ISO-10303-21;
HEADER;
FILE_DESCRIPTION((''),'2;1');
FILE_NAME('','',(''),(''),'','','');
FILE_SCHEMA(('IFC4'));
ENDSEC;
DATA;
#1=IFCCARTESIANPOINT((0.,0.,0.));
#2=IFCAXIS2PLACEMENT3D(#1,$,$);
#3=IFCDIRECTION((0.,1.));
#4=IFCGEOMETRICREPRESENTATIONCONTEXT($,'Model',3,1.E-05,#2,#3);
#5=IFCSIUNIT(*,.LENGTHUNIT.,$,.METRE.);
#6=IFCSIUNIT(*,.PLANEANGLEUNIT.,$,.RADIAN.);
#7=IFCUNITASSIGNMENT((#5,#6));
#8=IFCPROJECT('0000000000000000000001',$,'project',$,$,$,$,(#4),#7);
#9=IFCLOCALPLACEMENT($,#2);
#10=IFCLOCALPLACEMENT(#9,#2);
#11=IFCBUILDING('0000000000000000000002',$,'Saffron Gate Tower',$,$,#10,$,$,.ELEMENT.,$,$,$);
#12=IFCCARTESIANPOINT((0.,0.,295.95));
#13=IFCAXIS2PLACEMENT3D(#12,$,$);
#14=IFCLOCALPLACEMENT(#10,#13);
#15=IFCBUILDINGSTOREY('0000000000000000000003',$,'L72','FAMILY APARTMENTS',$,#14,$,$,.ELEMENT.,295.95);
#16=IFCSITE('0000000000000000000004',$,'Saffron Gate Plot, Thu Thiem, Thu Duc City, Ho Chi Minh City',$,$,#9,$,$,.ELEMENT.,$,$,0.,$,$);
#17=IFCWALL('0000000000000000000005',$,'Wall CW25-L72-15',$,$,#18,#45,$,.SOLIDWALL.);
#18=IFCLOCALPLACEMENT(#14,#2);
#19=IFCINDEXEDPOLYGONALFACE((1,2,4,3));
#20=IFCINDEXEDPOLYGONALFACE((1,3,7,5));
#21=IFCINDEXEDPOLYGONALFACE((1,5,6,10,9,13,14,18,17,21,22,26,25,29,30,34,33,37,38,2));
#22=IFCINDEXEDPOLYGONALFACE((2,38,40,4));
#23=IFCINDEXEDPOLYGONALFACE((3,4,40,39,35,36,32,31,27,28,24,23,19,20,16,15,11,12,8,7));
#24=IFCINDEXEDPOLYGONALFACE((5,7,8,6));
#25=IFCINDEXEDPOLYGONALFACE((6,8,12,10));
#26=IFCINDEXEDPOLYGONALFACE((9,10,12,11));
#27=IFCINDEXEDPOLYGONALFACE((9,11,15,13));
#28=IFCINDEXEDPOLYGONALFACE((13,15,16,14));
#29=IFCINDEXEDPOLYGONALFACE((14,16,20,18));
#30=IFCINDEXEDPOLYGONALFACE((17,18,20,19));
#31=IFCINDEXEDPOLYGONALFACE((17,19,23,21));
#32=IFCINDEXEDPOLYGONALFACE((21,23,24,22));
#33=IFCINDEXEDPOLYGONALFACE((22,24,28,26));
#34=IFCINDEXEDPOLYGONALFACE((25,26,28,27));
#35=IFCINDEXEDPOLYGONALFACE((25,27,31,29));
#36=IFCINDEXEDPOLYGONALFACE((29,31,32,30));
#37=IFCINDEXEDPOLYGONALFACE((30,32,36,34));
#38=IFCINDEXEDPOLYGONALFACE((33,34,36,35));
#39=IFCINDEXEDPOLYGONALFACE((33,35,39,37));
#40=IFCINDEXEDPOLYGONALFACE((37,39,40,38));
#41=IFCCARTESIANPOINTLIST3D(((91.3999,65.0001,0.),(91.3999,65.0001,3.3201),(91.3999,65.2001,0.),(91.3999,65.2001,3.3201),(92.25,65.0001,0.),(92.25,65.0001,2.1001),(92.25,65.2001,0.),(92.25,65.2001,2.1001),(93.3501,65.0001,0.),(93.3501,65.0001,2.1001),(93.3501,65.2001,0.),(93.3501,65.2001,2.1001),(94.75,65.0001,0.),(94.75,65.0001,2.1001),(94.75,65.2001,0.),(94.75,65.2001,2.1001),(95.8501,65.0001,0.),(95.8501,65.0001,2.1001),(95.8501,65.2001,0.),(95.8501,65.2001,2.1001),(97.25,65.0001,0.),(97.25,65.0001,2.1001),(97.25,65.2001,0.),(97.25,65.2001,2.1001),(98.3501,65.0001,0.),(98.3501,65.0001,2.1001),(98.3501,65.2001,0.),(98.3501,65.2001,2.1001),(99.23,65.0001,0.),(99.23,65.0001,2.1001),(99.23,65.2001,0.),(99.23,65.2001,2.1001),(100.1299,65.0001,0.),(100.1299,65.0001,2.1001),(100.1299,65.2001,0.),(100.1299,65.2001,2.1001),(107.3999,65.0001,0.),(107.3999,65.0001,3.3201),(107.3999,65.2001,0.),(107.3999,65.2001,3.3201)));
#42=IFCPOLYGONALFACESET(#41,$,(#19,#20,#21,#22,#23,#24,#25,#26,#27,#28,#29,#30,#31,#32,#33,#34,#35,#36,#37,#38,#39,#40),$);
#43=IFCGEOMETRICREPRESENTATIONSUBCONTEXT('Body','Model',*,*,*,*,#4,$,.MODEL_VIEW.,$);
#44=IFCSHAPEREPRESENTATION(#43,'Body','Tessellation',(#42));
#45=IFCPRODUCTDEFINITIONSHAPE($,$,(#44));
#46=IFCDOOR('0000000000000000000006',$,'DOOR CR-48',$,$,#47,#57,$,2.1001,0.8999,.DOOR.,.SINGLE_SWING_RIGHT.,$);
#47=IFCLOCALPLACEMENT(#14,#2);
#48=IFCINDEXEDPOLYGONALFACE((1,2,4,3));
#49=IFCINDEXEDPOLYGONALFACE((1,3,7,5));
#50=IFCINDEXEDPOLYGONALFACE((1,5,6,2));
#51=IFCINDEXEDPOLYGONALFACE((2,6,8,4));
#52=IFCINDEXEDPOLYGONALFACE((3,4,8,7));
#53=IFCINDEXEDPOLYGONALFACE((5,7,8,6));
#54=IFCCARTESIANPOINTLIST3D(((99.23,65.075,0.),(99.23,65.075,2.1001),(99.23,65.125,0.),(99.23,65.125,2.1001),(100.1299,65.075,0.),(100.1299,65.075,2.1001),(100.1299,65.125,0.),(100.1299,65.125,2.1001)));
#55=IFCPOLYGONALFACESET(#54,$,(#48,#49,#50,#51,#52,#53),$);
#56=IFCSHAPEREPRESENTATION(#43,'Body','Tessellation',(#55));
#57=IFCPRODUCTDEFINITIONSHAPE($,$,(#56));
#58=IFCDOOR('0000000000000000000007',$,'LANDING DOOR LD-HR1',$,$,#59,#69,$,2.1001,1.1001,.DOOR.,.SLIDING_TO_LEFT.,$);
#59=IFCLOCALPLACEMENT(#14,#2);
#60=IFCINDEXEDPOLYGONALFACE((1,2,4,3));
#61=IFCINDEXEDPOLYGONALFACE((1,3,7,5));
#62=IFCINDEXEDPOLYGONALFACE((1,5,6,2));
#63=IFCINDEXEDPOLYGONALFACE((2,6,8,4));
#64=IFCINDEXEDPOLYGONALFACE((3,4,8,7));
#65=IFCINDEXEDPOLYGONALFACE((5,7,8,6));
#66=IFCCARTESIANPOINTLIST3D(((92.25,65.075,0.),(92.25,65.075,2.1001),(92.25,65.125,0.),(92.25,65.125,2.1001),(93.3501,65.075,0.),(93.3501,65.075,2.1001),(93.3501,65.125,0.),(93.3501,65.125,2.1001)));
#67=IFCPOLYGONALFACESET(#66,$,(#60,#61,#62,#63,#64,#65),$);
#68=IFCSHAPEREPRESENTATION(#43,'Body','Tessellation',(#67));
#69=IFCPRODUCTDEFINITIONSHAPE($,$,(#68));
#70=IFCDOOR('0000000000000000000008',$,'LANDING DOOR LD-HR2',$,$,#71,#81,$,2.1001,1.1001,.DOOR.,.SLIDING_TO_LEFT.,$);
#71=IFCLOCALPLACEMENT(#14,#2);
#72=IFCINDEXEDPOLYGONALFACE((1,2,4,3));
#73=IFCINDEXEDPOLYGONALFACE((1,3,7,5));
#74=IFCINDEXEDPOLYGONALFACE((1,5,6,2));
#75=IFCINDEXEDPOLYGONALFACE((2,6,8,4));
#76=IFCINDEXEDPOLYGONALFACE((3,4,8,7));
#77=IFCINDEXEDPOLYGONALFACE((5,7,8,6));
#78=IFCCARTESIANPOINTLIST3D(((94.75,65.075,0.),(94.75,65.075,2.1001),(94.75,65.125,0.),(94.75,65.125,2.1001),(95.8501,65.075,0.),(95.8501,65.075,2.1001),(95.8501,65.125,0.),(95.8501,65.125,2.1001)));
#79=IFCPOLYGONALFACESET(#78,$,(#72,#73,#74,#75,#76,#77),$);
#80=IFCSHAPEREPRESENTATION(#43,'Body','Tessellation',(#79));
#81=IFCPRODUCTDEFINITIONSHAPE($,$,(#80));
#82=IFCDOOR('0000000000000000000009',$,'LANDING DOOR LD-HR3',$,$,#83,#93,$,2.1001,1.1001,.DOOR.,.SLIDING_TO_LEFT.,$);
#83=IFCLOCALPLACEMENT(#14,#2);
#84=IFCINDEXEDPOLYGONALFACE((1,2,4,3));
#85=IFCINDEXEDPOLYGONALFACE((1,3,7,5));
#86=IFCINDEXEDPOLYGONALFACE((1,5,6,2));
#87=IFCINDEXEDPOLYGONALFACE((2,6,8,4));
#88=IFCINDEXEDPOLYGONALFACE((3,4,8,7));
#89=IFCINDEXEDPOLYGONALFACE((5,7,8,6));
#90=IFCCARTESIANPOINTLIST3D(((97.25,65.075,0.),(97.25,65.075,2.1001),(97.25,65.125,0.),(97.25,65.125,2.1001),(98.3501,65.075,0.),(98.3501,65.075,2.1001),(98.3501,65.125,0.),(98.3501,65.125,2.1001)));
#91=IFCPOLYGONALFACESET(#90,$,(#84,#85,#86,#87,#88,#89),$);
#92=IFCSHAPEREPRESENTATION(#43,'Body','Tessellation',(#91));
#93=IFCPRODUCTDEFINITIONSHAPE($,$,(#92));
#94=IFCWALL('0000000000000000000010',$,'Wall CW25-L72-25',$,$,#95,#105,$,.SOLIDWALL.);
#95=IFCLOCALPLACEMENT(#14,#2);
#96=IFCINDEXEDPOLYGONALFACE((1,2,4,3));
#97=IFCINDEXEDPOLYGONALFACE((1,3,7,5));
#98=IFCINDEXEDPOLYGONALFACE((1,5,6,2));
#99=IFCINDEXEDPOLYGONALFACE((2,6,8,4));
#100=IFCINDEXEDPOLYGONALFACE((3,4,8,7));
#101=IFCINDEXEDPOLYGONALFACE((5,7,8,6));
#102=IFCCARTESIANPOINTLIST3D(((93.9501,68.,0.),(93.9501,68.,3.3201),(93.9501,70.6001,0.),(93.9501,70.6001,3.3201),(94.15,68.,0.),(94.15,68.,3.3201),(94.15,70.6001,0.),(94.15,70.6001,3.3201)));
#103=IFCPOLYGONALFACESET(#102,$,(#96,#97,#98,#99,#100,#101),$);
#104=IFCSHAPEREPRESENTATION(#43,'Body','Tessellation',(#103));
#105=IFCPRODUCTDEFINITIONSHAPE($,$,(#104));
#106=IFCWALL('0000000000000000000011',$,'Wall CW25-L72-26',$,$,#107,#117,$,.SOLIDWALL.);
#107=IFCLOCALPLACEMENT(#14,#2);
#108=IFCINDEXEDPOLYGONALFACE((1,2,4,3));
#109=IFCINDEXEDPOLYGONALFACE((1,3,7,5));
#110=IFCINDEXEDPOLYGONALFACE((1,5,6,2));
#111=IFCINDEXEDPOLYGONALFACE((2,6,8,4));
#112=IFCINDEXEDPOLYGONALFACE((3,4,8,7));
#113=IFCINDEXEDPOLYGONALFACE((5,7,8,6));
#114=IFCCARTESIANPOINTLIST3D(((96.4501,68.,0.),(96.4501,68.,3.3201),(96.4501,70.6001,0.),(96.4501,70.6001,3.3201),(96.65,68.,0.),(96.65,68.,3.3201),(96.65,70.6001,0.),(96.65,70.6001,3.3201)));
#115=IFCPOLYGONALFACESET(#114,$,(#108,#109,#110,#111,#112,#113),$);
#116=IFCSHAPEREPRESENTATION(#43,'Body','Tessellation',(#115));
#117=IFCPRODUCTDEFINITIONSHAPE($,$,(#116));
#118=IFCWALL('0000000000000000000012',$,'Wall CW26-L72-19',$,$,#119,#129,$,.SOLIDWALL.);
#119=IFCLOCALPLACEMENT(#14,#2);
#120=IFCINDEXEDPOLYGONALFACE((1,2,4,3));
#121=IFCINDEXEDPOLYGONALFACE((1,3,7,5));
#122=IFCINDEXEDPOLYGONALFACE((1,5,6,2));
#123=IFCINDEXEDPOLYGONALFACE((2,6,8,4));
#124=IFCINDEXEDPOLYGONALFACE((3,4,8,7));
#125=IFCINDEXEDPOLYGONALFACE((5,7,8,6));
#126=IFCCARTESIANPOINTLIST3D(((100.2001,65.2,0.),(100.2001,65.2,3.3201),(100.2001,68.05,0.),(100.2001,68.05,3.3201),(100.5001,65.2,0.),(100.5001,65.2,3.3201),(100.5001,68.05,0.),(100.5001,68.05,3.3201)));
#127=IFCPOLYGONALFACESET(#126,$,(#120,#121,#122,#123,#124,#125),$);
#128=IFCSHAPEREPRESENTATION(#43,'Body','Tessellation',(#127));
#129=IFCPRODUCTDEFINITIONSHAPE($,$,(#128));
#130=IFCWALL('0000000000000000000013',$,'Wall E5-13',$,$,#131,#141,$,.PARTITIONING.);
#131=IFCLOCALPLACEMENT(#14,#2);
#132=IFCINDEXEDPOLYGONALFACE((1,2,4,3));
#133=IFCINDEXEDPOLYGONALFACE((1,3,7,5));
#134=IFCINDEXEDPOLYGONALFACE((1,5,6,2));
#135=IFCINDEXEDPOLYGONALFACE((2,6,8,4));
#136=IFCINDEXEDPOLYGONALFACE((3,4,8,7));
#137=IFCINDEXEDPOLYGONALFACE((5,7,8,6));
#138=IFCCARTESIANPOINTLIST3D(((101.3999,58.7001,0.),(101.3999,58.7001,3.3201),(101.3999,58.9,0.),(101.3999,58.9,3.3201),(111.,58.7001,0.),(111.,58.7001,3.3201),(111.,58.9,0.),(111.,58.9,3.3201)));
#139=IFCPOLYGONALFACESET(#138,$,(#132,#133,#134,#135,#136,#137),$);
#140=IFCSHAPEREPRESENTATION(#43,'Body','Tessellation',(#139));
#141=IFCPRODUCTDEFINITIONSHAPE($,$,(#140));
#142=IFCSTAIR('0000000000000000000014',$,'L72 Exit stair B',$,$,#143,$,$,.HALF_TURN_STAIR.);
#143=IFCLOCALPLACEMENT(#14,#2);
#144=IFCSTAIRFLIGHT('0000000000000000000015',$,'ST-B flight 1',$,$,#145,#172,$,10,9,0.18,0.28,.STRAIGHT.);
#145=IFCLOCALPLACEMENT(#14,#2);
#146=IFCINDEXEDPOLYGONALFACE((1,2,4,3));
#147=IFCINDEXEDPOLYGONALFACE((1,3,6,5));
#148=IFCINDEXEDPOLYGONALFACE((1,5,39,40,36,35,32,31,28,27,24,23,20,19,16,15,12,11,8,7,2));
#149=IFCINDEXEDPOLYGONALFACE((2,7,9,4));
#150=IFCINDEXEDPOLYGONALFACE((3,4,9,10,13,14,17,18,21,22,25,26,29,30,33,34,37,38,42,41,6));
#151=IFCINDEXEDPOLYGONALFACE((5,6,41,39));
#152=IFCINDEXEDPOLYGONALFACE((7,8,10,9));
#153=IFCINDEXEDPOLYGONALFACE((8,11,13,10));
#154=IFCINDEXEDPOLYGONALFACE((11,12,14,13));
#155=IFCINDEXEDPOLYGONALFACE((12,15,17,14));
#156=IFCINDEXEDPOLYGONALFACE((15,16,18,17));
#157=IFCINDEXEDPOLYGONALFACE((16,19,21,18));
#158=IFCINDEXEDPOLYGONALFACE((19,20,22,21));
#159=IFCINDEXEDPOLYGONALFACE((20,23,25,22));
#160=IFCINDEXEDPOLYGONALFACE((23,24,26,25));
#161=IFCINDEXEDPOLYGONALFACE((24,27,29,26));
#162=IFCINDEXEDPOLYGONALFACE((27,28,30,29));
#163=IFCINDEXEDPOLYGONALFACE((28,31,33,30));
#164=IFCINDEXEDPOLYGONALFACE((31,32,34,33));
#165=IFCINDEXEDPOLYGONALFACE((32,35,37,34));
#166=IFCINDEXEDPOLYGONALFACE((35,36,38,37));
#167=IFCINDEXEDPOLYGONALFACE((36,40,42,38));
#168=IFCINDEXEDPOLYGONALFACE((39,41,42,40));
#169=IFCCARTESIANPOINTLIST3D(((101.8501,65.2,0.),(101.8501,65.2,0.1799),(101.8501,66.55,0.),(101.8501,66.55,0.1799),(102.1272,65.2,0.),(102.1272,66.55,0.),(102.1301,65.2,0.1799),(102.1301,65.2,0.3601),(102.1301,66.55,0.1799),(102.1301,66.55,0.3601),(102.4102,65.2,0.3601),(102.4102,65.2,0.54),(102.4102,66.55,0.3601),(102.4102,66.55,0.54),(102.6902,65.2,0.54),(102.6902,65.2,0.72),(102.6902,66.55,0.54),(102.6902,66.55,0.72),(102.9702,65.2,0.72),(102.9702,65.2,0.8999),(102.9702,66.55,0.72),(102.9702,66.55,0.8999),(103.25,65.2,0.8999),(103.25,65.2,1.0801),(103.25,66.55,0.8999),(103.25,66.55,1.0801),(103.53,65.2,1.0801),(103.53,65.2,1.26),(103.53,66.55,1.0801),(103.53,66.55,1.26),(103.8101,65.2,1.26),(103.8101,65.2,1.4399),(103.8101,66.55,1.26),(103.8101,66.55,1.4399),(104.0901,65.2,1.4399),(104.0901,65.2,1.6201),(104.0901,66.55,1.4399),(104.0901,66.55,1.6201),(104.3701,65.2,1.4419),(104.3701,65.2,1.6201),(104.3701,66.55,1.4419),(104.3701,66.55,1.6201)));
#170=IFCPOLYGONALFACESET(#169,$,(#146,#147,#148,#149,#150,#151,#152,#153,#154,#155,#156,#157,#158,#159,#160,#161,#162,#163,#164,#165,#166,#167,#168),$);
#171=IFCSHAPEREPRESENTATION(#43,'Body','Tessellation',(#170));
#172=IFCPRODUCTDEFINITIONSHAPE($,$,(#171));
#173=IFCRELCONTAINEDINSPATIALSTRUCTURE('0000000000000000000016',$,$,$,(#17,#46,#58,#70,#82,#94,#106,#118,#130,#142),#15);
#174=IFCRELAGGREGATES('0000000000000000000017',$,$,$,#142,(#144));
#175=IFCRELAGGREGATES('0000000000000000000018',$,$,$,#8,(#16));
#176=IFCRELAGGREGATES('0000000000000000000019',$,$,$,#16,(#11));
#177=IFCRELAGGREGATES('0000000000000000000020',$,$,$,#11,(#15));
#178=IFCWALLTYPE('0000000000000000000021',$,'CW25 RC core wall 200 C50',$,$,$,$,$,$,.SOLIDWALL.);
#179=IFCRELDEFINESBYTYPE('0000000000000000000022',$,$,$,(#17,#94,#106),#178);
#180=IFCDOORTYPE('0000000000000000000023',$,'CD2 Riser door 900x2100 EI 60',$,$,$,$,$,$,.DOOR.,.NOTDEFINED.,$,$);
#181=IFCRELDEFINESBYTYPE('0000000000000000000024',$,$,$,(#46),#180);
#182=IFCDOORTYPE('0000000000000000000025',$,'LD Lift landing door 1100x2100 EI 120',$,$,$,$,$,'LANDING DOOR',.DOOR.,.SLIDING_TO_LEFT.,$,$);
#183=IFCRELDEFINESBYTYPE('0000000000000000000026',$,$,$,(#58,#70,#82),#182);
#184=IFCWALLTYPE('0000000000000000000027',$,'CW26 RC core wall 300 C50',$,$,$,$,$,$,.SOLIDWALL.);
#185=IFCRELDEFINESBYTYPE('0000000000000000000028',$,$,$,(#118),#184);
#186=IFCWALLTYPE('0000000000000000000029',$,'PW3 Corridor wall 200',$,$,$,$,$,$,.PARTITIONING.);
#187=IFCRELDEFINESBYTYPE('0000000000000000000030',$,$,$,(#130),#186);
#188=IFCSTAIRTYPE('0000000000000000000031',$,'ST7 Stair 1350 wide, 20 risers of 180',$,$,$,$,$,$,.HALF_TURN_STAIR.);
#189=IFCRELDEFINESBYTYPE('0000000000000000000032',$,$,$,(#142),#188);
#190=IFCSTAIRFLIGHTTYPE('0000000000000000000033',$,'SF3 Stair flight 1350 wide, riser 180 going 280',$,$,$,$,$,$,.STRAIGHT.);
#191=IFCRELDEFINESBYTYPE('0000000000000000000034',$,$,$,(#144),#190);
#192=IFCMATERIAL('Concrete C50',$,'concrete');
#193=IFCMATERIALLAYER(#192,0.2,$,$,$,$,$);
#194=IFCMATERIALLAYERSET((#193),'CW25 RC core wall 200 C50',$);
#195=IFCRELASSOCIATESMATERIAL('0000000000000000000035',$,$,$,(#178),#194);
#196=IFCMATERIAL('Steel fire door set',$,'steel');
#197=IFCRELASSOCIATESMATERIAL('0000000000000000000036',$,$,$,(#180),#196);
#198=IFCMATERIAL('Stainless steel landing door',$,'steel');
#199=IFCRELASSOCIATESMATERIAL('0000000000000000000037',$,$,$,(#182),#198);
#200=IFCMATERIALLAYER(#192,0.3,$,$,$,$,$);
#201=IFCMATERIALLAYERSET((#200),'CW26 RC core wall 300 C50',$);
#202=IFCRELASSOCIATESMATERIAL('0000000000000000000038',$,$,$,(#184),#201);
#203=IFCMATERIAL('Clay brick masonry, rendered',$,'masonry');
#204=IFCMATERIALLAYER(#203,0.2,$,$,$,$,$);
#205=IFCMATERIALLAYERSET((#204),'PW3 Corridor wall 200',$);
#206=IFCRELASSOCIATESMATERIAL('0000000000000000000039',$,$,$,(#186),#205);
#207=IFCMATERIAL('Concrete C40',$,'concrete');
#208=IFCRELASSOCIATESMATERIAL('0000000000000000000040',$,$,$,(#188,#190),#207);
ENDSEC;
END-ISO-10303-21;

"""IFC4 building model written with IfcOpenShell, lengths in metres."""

from ifc_helpers import new_model, si_unit, direction, frame, frame_2d, origin, place, context, subcontext, project, spatial, polyline, rectangle, outline, extrude, material, layer, layer_set, type_object, element, fill, aggregate, save


model = new_model("IFC4")

# Units and contexts
model_context = context("Model", 3, precision=1e-05, world=origin(), true_north=direction((0.0, 1.0)))
body_context = subcontext(model_context, "Body", "Model", "MODEL_VIEW")
ifc_project = project(units=[si_unit("LENGTHUNIT", "METRE"), si_unit("PLANEANGLEUNIT", "RADIAN")], contexts=[model_context])

# Site, building, storey
site_placement = place(None, origin())
site = spatial("IfcSite", under=ifc_project, at=site_placement, Name="Saffron Gate Plot, Thu Thiem, Thu Duc City, Ho Chi Minh City", CompositionType="ELEMENT", RefElevation=0.0)
building_placement = place(site_placement, origin())
building = spatial("IfcBuilding", under=site, at=building_placement, Name="Saffron Gate Tower", CompositionType="ELEMENT")
storey_placement = place(building_placement, frame((0.0, 0.0, 295.95)))
storey = spatial("IfcBuildingStorey", under=building, at=storey_placement, Name="L72", Description="FAMILY APARTMENTS", CompositionType="ELEMENT", Elevation=295.95)

# Shared definitions
ifc_material_1 = material(Name="Concrete C50", Category="concrete")

# Shared definitions
ifc_material_2 = material(Name="Steel fire door set", Category="steel")

# Shared definitions
ifc_layer_1 = layer(ifc_material_1, 0.2)
ifc_layer_set_1 = layer_set([ifc_layer_1], Name="CW25 RC core wall 200 C50")
wall_type_1 = type_object("IfcWallType", Name="CW25 RC core wall 200 C50", PredefinedType="SOLIDWALL", material=ifc_layer_set_1)

# Wall, openings, doors
wall_1_placement = place(storey_placement, frame((91.3999, 65.1001, 0.0), z_axis=(0.0, 0.0, 1.0), x_axis=(1.0, 0.0, 0.0)))
wall_1 = element("IfcWall", 1, at=wall_1_placement, inside=storey, type_object=wall_type_1, Name="Wall CW25-L72-15", PredefinedType="SOLIDWALL", context=body_context, shape_type="SweptSolid", body=[
    extrude(rectangle(XDim=16.0, YDim=0.2, at=frame_2d((8.0, 0.0))), origin(), (0.0, 0.0, 1.0), 3.3201),
])
opening_1_placement = place(wall_1_placement, frame((0.8501, 0.0, 0.0)))
opening_1 = element("IfcOpeningElement", 2, at=opening_1_placement, cuts=wall_1, PredefinedType="OPENING", context=body_context, shape_type="SweptSolid", body=[
    extrude(rectangle(XDim=1.1001, YDim=2.1001, at=frame_2d((0.55, 1.05))), frame((0.0, 0.1099, 0.0), z_axis=(0.0, -1.0, 0.0), x_axis=(1.0, 0.0, 0.0)), (0.0, 0.0, 1.0), 0.22),
])
opening_2_placement = place(wall_1_placement, frame((3.3501, 0.0, 0.0)))
opening_2 = element("IfcOpeningElement", 3, at=opening_2_placement, cuts=wall_1, PredefinedType="OPENING", context=body_context, shape_type="SweptSolid", body=[
    extrude(rectangle(XDim=1.1001, YDim=2.1001, at=frame_2d((0.55, 1.05))), frame((0.0, 0.1099, 0.0), z_axis=(0.0, -1.0, 0.0), x_axis=(1.0, 0.0, 0.0)), (0.0, 0.0, 1.0), 0.22),
])
opening_3_placement = place(wall_1_placement, frame((5.8501, 0.0, 0.0)))
opening_3 = element("IfcOpeningElement", 4, at=opening_3_placement, cuts=wall_1, PredefinedType="OPENING", context=body_context, shape_type="SweptSolid", body=[
    extrude(rectangle(XDim=1.1001, YDim=2.1001, at=frame_2d((0.55, 1.05))), frame((0.0, 0.1099, 0.0), z_axis=(0.0, -1.0, 0.0), x_axis=(1.0, 0.0, 0.0)), (0.0, 0.0, 1.0), 0.22),
])
opening_4_placement = place(wall_1_placement, frame((7.8301, 0.0, 0.0)))
opening_4 = element("IfcOpeningElement", 5, at=opening_4_placement, cuts=wall_1, PredefinedType="OPENING", context=body_context, shape_type="SweptSolid", body=[
    extrude(rectangle(XDim=0.8999, YDim=2.1001, at=frame_2d((0.45, 1.05))), frame((0.0, 0.1099, 0.0), z_axis=(0.0, -1.0, 0.0), x_axis=(1.0, 0.0, 0.0)), (0.0, 0.0, 1.0), 0.22),
])
door_type_1 = type_object("IfcDoorType", Name="CD2 Riser door 900x2100 EI 60", OperationType="NOTDEFINED", PredefinedType="DOOR", material=ifc_material_2)
door_1_placement = place(opening_4_placement, origin())
door_1 = element("IfcDoor", 6, at=door_1_placement, inside=storey, type_object=door_type_1, Name="DOOR CR-48", OperationType="SINGLE_SWING_RIGHT", OverallHeight=2.1001, OverallWidth=0.8999, PredefinedType="DOOR", context=body_context, shape_type="SweptSolid", body=[
    extrude(rectangle(XDim=0.8999, YDim=2.1001, at=frame_2d((0.45, 1.05))), frame((0.0, 0.0249, 0.0), z_axis=(0.0, -1.0, 0.0), x_axis=(1.0, 0.0, 0.0)), (0.0, 0.0, 1.0), 0.05),
])
fill(opening_4, door_1)
ifc_material_3 = material(Name="Stainless steel landing door", Category="steel")
door_type_2 = type_object("IfcDoorType", Name="LD Lift landing door 1100x2100 EI 120", ElementType="LANDING DOOR", OperationType="SLIDING_TO_LEFT", PredefinedType="DOOR", material=ifc_material_3)
door_2_placement = place(opening_1_placement, origin())
door_2 = element("IfcDoor", 7, at=door_2_placement, inside=storey, type_object=door_type_2, Name="LANDING DOOR LD-HR1", OperationType="SLIDING_TO_LEFT", OverallHeight=2.1001, OverallWidth=1.1001, PredefinedType="DOOR", context=body_context, shape_type="SweptSolid", body=[
    extrude(rectangle(XDim=1.1001, YDim=2.1001, at=frame_2d((0.55, 1.05))), frame((0.0, 0.0249, 0.0), z_axis=(0.0, -1.0, 0.0), x_axis=(1.0, 0.0, 0.0)), (0.0, 0.0, 1.0), 0.05),
])
fill(opening_1, door_2)
door_3_placement = place(opening_2_placement, origin())
door_3 = element("IfcDoor", 8, at=door_3_placement, inside=storey, type_object=door_type_2, Name="LANDING DOOR LD-HR2", OperationType="SLIDING_TO_LEFT", OverallHeight=2.1001, OverallWidth=1.1001, PredefinedType="DOOR", context=body_context, shape_type="SweptSolid", body=[
    extrude(rectangle(XDim=1.1001, YDim=2.1001, at=frame_2d((0.55, 1.05))), frame((0.0, 0.0249, 0.0), z_axis=(0.0, -1.0, 0.0), x_axis=(1.0, 0.0, 0.0)), (0.0, 0.0, 1.0), 0.05),
])
fill(opening_2, door_3)
door_4_placement = place(opening_3_placement, origin())
door_4 = element("IfcDoor", 9, at=door_4_placement, inside=storey, type_object=door_type_2, Name="LANDING DOOR LD-HR3", OperationType="SLIDING_TO_LEFT", OverallHeight=2.1001, OverallWidth=1.1001, PredefinedType="DOOR", context=body_context, shape_type="SweptSolid", body=[
    extrude(rectangle(XDim=1.1001, YDim=2.1001, at=frame_2d((0.55, 1.05))), frame((0.0, 0.0249, 0.0), z_axis=(0.0, -1.0, 0.0), x_axis=(1.0, 0.0, 0.0)), (0.0, 0.0, 1.0), 0.05),
])
fill(opening_3, door_4)

# Walls
for number, where, z_axis, x_axis, name in (
    (10, (94.05, 68.0, 0.0), (0.0, 0.0, 1.0), (0.0, 1.0, 0.0), "Wall CW25-L72-25"),
    (11, (96.55, 68.0, 0.0), (0.0, 0.0, 1.0), (0.0, 1.0, 0.0), "Wall CW25-L72-26"),
):
    element("IfcWall", number, at=place(storey_placement, frame(where, z_axis=z_axis, x_axis=x_axis)), inside=storey, type_object=wall_type_1, Name=name, PredefinedType="SOLIDWALL", context=body_context, shape_type="SweptSolid", body=[
        extrude(rectangle(XDim=2.6001, YDim=0.2, at=frame_2d((1.3, 0.0))), origin(), (0.0, 0.0, 1.0), 3.3201),
    ])
ifc_layer_2 = layer(ifc_material_1, 0.3)
ifc_layer_set_2 = layer_set([ifc_layer_2], Name="CW26 RC core wall 300 C50")
wall_type_2 = type_object("IfcWallType", Name="CW26 RC core wall 300 C50", PredefinedType="SOLIDWALL", material=ifc_layer_set_2)
wall_2_placement = place(storey_placement, frame((100.3501, 65.2, 0.0), z_axis=(0.0, 0.0, 1.0), x_axis=(0.0, 1.0, 0.0)))
element("IfcWall", 12, at=wall_2_placement, inside=storey, type_object=wall_type_2, Name="Wall CW26-L72-19", PredefinedType="SOLIDWALL", context=body_context, shape_type="SweptSolid", body=[
    extrude(rectangle(XDim=2.8501, YDim=0.3, at=frame_2d((1.425, 0.0))), origin(), (0.0, 0.0, 1.0), 3.3201),
])
ifc_material_4 = material(Name="Clay brick masonry, rendered", Category="masonry")
ifc_layer_3 = layer(ifc_material_4, 0.2)
ifc_layer_set_3 = layer_set([ifc_layer_3], Name="PW3 Corridor wall 200")
wall_type_3 = type_object("IfcWallType", Name="PW3 Corridor wall 200", PredefinedType="PARTITIONING", material=ifc_layer_set_3)
wall_3_placement = place(storey_placement, frame((101.3999, 58.8, 0.0), z_axis=(0.0, 0.0, 1.0), x_axis=(1.0, 0.0, 0.0)))
element("IfcWall", 13, at=wall_3_placement, inside=storey, type_object=wall_type_3, Name="Wall E5-13", PredefinedType="PARTITIONING", context=body_context, shape_type="SweptSolid", body=[
    extrude(rectangle(XDim=9.6001, YDim=0.2, at=frame_2d((4.8, 0.0))), origin(), (0.0, 0.0, 1.0), 3.3201),
])

# Stair, stair flight
ifc_material_5 = material(Name="Concrete C40", Category="concrete")
stair_type = type_object("IfcStairType", Name="ST7 Stair 1350 wide, 20 risers of 180", PredefinedType="HALF_TURN_STAIR", material=ifc_material_5)
stair_placement = place(storey_placement, origin())
stair = element("IfcStair", 14, at=stair_placement, inside=storey, type_object=stair_type, Name="L72 Exit stair B", PredefinedType="HALF_TURN_STAIR")
stair_flight_type = type_object("IfcStairFlightType", Name="SF3 Stair flight 1350 wide, riser 180 going 280", PredefinedType="STRAIGHT", material=ifc_material_5)
stair_flight_1_placement = place(storey_placement, frame((101.8501, 65.875, 0.0), z_axis=(0.0, 0.0, 1.0), x_axis=(1.0, 0.0, 0.0)))
stair_flight_1 = element("IfcStairFlight", 15, at=stair_flight_1_placement, type_object=stair_flight_type, Name="ST-B flight 1", NumberOfRisers=10, NumberOfTreads=9, PredefinedType="STRAIGHT", RiserHeight=0.18, TreadLength=0.28, context=body_context, shape_type="SweptSolid", body=[
    extrude(outline(polyline([(0.0, 0.0), (0.0, 0.1799), (0.28, 0.1799), (0.28, 0.3601), (0.5601, 0.3601), (0.5601, 0.54), (0.8401, 0.54), (0.8401, 0.72), (1.1201, 0.72), (1.1201, 0.8999), (1.3999, 0.8999), (1.3999, 1.0801), (1.6799, 1.0801), (1.6799, 1.26), (1.96, 1.26), (1.96, 1.4399), (2.24, 1.4399), (2.24, 1.6201), (2.52, 1.6201), (2.52, 1.8), (2.52, 1.4419), (0.2771, 0.0), (0.0, 0.0)])), frame((0.0, 0.675, 0.0), z_axis=(0.0, -1.0, 0.0), x_axis=(1.0, 0.0, 0.0)), (0.0, 0.0, 1.0), 1.3501),
])
aggregate(stair, [stair_flight_1])

save(model, "model.ifc")
